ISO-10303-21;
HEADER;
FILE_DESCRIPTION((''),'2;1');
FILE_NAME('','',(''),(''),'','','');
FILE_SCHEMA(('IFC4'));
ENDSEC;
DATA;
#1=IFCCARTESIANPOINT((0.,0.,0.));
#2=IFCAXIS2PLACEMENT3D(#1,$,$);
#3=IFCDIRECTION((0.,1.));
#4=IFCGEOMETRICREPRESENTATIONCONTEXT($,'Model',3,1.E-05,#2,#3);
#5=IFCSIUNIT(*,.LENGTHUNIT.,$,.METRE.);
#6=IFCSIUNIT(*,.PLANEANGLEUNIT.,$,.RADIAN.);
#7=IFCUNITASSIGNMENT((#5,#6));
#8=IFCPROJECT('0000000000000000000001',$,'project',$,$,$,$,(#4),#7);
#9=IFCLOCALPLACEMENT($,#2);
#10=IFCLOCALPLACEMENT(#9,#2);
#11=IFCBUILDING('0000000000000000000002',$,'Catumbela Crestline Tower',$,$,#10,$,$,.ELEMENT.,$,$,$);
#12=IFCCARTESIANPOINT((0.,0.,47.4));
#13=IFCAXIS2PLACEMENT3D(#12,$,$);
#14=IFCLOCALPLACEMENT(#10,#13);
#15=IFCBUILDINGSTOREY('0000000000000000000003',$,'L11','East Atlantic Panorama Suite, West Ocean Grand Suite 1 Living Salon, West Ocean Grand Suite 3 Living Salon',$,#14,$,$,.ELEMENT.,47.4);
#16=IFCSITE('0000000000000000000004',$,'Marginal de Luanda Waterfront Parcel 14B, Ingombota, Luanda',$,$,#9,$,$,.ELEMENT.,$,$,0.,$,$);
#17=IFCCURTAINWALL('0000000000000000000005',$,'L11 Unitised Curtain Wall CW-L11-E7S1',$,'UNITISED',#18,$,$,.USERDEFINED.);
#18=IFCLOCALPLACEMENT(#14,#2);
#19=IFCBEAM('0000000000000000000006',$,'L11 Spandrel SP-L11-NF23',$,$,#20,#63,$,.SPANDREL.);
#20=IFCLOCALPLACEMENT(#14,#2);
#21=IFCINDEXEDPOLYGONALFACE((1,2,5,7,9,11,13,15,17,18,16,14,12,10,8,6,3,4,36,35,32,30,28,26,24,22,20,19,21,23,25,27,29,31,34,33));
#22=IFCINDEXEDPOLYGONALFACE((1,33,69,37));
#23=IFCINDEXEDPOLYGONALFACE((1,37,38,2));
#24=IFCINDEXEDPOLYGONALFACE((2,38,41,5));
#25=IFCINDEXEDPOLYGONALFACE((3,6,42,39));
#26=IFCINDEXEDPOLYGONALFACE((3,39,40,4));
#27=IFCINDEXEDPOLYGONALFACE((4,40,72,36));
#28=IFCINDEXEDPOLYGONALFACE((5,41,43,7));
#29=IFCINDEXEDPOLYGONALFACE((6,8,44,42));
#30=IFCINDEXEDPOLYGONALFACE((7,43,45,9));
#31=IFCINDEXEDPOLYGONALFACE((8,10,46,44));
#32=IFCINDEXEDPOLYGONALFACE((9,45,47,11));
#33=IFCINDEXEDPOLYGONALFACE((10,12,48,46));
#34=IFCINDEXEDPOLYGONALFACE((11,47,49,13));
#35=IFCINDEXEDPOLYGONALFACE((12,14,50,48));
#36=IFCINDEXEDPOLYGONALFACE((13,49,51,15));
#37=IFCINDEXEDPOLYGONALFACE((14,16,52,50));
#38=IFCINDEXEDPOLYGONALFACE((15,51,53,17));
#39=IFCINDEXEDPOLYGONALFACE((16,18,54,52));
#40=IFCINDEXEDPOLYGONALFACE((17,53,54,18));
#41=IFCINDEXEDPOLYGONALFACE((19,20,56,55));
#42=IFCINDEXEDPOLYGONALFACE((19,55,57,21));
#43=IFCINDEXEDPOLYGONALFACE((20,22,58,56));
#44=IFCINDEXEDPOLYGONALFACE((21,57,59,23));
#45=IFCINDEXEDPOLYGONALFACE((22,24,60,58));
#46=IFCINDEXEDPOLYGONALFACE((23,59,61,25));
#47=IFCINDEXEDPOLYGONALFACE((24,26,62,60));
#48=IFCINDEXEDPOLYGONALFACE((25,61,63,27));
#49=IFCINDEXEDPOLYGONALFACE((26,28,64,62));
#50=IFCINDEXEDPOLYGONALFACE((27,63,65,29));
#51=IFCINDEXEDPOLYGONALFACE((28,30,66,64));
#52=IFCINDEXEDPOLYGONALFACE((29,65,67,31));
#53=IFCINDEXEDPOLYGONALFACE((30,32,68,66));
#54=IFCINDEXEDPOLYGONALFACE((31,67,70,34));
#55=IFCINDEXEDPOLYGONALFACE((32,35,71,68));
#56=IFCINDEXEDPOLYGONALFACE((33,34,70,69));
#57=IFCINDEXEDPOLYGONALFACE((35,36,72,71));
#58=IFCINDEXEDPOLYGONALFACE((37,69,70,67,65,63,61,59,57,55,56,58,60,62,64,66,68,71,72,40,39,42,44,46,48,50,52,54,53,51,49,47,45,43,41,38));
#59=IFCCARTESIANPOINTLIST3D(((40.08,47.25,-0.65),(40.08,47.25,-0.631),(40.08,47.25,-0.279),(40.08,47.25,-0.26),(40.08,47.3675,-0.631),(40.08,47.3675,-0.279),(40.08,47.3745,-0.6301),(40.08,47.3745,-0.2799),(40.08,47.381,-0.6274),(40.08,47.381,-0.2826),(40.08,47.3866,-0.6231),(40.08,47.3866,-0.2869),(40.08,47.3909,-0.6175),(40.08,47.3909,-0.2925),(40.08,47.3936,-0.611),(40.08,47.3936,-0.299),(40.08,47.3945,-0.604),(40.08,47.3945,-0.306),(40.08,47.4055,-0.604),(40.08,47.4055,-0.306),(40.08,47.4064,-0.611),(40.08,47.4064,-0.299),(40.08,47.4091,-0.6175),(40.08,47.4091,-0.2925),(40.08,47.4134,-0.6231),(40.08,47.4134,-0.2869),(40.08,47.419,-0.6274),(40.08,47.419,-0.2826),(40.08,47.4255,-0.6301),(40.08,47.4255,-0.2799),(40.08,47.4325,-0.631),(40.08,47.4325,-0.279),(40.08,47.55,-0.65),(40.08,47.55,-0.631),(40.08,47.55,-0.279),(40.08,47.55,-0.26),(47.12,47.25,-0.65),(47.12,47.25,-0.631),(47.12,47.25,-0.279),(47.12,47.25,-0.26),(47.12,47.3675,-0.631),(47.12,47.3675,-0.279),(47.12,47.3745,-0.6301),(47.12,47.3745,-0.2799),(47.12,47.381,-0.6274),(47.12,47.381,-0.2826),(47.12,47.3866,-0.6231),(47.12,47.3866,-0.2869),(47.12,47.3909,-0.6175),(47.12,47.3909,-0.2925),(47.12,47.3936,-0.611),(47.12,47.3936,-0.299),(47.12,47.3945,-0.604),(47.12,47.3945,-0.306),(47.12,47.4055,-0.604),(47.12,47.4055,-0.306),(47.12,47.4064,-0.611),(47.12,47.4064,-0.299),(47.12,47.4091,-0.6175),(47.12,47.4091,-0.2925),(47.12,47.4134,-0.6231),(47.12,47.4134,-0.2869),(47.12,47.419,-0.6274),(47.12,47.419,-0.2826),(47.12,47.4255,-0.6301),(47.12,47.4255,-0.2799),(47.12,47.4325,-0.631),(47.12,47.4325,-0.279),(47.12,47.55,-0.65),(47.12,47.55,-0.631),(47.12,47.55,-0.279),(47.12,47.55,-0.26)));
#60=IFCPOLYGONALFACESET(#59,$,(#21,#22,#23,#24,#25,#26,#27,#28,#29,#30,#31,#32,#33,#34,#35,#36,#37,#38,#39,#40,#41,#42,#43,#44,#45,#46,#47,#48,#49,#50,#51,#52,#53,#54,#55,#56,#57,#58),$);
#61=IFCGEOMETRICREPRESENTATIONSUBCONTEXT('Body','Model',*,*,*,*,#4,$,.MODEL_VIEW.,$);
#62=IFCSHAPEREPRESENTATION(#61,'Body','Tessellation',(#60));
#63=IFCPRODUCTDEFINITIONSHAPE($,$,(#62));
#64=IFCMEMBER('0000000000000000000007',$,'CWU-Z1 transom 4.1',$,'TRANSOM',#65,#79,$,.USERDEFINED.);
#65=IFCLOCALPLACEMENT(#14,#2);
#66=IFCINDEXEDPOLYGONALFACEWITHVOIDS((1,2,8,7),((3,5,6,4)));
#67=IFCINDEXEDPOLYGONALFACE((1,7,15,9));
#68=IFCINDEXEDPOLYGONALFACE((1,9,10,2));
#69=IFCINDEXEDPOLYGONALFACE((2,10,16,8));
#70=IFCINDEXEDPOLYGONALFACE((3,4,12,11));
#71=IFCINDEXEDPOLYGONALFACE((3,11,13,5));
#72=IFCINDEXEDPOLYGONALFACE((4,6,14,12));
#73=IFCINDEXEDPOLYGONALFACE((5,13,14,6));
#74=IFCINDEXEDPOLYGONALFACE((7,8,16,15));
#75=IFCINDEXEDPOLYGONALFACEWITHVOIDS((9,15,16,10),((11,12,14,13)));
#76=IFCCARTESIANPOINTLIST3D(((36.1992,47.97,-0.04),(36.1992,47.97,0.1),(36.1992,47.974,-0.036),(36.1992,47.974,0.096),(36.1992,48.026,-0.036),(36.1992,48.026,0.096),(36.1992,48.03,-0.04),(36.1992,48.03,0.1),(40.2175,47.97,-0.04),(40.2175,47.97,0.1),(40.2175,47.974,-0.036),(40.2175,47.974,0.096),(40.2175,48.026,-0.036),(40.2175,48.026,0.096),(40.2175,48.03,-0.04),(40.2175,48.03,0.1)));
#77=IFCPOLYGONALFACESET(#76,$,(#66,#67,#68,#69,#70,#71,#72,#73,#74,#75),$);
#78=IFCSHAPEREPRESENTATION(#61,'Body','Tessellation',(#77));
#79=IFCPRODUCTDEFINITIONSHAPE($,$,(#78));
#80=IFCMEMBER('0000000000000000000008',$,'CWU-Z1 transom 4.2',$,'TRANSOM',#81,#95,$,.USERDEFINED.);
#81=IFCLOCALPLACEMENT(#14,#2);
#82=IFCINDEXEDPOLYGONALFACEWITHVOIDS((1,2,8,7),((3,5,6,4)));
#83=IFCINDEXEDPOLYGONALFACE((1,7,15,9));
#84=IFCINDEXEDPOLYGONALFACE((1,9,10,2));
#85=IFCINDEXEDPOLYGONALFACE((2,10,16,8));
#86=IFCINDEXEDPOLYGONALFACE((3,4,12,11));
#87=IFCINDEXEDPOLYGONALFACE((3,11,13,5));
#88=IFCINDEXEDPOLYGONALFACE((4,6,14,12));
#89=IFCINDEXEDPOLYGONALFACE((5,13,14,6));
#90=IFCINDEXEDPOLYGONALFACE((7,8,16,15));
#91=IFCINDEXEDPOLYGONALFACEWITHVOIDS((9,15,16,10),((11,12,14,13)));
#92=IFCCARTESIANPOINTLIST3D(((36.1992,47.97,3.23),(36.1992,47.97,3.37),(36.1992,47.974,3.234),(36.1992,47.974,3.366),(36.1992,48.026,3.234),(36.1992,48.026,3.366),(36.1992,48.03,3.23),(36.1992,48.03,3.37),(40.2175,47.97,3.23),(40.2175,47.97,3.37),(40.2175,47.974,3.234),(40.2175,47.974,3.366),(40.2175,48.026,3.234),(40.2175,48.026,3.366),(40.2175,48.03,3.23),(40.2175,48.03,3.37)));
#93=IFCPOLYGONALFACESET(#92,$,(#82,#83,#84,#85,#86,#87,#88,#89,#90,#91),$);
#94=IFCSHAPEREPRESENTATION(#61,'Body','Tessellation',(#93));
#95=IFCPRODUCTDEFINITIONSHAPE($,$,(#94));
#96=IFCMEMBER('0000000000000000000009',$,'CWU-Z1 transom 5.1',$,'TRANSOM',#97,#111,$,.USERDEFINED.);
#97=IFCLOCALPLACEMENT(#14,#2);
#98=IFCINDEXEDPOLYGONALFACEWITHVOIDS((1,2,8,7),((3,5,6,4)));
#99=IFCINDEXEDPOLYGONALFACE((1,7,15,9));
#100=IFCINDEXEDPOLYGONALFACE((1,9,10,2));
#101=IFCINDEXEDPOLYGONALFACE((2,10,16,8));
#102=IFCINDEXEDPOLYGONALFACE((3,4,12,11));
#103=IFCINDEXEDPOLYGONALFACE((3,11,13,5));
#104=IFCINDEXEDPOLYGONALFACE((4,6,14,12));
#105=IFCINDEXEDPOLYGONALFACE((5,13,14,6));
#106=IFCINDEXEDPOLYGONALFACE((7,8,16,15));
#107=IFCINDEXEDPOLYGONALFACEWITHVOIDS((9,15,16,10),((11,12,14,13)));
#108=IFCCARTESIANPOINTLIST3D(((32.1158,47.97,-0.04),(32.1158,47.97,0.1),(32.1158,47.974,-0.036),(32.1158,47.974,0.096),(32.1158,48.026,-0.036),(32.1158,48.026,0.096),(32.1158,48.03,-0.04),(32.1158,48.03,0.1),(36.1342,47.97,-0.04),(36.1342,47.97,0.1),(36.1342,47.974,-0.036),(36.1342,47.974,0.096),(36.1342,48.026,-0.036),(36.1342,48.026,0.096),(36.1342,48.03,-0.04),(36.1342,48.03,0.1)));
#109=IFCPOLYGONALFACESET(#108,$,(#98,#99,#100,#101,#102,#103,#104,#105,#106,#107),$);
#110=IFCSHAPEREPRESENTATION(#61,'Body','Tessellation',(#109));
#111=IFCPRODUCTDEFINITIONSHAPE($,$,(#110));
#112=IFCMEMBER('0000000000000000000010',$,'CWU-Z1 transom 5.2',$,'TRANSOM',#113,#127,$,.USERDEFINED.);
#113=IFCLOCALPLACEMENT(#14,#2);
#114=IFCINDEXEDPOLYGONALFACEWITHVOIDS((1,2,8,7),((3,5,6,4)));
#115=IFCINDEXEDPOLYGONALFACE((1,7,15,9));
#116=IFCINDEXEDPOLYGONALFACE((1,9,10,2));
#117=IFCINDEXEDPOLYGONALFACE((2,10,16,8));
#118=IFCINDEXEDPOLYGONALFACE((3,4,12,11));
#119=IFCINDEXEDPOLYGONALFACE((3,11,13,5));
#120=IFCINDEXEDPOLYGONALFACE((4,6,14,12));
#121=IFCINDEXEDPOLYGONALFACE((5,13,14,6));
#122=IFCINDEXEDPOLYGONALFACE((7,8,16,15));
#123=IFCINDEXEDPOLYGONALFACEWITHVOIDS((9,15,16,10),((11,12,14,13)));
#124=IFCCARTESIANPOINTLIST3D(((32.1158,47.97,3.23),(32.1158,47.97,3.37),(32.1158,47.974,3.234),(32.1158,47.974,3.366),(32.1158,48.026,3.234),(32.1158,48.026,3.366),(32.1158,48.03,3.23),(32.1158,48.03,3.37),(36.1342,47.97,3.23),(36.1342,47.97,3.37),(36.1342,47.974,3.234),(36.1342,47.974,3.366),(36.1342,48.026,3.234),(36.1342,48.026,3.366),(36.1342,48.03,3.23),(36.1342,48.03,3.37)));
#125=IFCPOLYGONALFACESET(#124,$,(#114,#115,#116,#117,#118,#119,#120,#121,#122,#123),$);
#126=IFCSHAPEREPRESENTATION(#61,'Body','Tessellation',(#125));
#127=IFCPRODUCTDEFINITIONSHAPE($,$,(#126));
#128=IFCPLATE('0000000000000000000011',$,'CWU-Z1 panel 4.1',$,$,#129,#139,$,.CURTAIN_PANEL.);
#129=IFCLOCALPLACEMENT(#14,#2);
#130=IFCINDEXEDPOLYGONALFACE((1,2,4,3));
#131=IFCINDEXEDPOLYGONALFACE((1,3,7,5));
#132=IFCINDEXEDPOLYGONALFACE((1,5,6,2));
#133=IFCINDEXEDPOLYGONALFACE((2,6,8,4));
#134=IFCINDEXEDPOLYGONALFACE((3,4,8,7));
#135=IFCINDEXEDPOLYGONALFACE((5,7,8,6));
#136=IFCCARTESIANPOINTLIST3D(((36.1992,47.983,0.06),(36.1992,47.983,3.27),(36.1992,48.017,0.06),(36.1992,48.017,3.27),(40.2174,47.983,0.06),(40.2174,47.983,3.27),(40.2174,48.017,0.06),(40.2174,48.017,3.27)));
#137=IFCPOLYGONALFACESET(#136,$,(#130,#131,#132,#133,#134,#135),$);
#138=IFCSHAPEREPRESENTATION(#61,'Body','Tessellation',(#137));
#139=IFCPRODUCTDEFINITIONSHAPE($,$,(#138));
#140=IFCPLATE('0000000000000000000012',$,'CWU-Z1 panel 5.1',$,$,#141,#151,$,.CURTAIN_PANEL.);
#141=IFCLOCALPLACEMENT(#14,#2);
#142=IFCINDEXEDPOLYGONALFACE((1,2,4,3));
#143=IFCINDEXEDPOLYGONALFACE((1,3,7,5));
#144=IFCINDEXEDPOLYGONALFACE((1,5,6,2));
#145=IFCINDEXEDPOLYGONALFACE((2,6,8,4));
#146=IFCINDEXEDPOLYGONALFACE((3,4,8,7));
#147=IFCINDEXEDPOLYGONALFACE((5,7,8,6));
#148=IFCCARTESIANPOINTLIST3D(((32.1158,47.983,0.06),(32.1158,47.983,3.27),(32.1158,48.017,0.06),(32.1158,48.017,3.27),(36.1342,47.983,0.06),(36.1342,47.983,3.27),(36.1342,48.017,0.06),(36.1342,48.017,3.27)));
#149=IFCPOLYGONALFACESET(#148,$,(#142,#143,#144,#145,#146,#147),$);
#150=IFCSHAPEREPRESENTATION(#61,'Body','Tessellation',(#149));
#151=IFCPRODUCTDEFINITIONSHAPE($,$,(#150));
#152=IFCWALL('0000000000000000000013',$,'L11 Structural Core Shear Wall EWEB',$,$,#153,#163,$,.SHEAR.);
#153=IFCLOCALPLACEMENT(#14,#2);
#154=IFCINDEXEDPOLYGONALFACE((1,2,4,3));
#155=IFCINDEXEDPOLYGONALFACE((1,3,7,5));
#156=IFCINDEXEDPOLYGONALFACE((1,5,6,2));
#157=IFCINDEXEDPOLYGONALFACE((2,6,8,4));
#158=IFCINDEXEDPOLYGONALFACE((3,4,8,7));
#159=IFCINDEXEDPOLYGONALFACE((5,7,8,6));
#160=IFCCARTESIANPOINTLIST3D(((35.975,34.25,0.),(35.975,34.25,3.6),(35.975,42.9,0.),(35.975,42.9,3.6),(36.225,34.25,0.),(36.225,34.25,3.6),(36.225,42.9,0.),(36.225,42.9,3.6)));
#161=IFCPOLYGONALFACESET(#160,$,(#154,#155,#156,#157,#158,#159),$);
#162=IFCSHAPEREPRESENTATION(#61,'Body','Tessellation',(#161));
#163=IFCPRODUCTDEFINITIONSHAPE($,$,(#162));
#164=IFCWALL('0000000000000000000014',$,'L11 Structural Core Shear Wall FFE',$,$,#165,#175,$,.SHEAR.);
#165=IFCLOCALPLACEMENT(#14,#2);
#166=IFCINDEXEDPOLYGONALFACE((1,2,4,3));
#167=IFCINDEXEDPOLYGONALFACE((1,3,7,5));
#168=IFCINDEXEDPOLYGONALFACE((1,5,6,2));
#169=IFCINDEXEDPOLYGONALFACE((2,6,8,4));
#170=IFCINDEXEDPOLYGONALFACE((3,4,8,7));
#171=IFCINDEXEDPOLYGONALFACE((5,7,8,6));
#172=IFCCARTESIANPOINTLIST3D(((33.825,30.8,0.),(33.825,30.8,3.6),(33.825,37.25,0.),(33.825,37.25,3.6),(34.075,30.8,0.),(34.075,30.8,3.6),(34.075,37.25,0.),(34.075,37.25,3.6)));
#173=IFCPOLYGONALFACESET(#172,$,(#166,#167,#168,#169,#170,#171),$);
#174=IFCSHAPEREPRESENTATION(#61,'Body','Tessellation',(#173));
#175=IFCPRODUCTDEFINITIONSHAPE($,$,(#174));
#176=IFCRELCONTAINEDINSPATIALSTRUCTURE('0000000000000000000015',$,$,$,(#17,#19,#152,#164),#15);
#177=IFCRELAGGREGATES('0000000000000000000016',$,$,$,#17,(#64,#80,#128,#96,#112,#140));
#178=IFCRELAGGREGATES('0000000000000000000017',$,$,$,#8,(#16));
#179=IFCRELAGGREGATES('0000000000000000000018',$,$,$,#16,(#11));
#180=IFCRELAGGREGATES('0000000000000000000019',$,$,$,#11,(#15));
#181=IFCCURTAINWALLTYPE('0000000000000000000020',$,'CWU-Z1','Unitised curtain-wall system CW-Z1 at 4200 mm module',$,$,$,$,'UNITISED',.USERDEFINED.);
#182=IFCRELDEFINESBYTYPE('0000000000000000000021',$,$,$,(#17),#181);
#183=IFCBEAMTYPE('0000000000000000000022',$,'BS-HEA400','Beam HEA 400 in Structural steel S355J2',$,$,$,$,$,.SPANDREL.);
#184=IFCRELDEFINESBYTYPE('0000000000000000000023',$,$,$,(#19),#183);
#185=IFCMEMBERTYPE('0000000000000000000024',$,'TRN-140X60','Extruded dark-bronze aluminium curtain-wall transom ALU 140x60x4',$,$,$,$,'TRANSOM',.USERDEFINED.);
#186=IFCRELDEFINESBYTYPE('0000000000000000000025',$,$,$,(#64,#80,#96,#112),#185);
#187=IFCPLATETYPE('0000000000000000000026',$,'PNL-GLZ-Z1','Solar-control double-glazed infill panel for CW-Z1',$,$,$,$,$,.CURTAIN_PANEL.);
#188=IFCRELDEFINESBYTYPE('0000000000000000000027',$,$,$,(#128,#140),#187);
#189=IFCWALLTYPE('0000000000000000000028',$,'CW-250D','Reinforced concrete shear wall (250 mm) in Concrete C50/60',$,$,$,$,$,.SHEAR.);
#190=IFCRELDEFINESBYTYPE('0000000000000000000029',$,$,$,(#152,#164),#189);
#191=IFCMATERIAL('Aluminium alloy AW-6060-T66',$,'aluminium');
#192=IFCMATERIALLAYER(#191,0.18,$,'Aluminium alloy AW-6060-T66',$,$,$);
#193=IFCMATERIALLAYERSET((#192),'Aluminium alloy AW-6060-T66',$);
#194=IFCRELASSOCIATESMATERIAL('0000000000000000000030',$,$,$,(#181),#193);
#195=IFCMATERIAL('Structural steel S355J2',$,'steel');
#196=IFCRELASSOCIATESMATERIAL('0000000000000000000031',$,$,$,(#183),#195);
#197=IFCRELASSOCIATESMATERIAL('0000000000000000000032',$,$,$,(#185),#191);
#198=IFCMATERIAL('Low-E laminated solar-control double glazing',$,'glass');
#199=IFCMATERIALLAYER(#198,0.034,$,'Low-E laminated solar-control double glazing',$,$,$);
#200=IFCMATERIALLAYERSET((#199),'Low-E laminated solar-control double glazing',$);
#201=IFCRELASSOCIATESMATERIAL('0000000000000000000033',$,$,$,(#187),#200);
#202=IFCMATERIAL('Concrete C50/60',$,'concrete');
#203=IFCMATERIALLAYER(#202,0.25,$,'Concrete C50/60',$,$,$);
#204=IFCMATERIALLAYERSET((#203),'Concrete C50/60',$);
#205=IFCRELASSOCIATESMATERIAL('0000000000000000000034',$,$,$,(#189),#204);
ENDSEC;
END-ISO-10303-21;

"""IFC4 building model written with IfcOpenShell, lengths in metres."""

from ifc_helpers import new_model, si_unit, direction, frame, frame_2d, origin, origin_2d, place, context, subcontext, project, spatial, rectangle, hollow_rectangle, i_section, extrude, material, layer, layer_set, material_profile, profile_set, type_object, element, aggregate, save


model = new_model("IFC4")

# Units and contexts
model_context = context("Model", 3, precision=1e-05, world=origin(), true_north=direction((0.0, 1.0)))
body_context = subcontext(model_context, "Body", "Model", "MODEL_VIEW")
ifc_project = project(units=[si_unit("LENGTHUNIT", "METRE"), si_unit("PLANEANGLEUNIT", "RADIAN")], contexts=[model_context])

# Site, building, storey
site_placement = place(None, origin())
site = spatial("IfcSite", under=ifc_project, at=site_placement, Name="Marginal de Luanda Waterfront Parcel 14B, Ingombota, Luanda", CompositionType="ELEMENT", RefElevation=0.0)
building_placement = place(site_placement, origin())
building = spatial("IfcBuilding", under=site, at=building_placement, Name="Catumbela Crestline Tower", CompositionType="ELEMENT")
storey_placement = place(building_placement, frame((0.0, 0.0, 47.4)))
storey = spatial("IfcBuildingStorey", under=building, at=storey_placement, Name="L11", Description="East Atlantic Panorama Suite, West Ocean Grand Suite 1 Living Salon, West Ocean Grand Suite 3 Living Salon", CompositionType="ELEMENT", Elevation=47.4)

# Shared definitions
ifc_material_1 = material(Name="Structural steel S355J2", Category="steel")

# Curtain wall
ifc_material_2 = material(Name="Aluminium alloy AW-6060-T66", Category="aluminium")
ifc_layer_1 = layer(ifc_material_2, 0.18, Name="Aluminium alloy AW-6060-T66")
ifc_layer_set_1 = layer_set([ifc_layer_1], Name="Aluminium alloy AW-6060-T66")
curtain_wall_type = type_object("IfcCurtainWallType", Name="CWU-Z1", Description="Unitised curtain-wall system CW-Z1 at 4200 mm module", ElementType="UNITISED", PredefinedType="USERDEFINED", material=ifc_layer_set_1)
curtain_wall_placement = place(storey_placement, origin())
curtain_wall = element("IfcCurtainWall", 1, at=curtain_wall_placement, inside=storey, type_object=curtain_wall_type, Name="L11 Unitised Curtain Wall CW-L11-E7S1", ObjectType="UNITISED", PredefinedType="USERDEFINED")

# Beam
ifc_material_profile_1 = material_profile(ifc_material_1, i_section(OverallWidth=0.3, OverallDepth=0.39, WebThickness=0.011, FlangeThickness=0.019, FilletRadius=0.027, at=origin_2d()), Name="HEA 400")
ifc_profile_set_1 = profile_set([ifc_material_profile_1], Name="Structural steel S355J2")
beam_type_1 = type_object("IfcBeamType", Name="BS-HEA400", Description="Beam HEA 400 in Structural steel S355J2", PredefinedType="SPANDREL", material=ifc_profile_set_1)
beam_1_placement = place(storey_placement, frame((40.08, 47.4, -0.455), z_axis=(1.0, 0.0, 0.0), x_axis=(0.0, 1.0, 0.0)))
element("IfcBeam", 2, at=beam_1_placement, inside=storey, type_object=beam_type_1, Name="L11 Spandrel SP-L11-NF23", PredefinedType="SPANDREL", context=body_context, shape_type="SweptSolid", body=[
    extrude(i_section(OverallWidth=0.3, OverallDepth=0.39, WebThickness=0.011, FlangeThickness=0.019, FilletRadius=0.027, at=origin_2d()), origin(), (0.0, 0.0, 1.0), 7.04),
])

# Members
ifc_material_profile_2 = material_profile(ifc_material_2, hollow_rectangle(XDim=0.06, YDim=0.14, WallThickness=0.004, at=origin_2d()), Name="ALU 140x60x4")
ifc_profile_set_2 = profile_set([ifc_material_profile_2], Name="Aluminium alloy AW-6060-T66")
member_type_1 = type_object("IfcMemberType", Name="TRN-140X60", Description="Extruded dark-bronze aluminium curtain-wall transom ALU 140x60x4", ElementType="TRANSOM", PredefinedType="USERDEFINED", material=ifc_profile_set_2)
member_1_placement = place(storey_placement, frame((40.2175, 48.0, 0.03), z_axis=(-1.0, 0.0, 0.0), x_axis=(0.0, -1.0, 0.0)))
member_1 = element("IfcMember", 3, at=member_1_placement, type_object=member_type_1, Name="CWU-Z1 transom 4.1", ObjectType="TRANSOM", PredefinedType="USERDEFINED", context=body_context, shape_type="SweptSolid", body=[
    extrude(hollow_rectangle(XDim=0.06, YDim=0.14, WallThickness=0.004, at=origin_2d()), origin(), (0.0, 0.0, 1.0), 4.0183),
])
member_2_placement = place(storey_placement, frame((40.2175, 48.0, 3.3), z_axis=(-1.0, 0.0, 0.0), x_axis=(0.0, -1.0, 0.0)))
member_2 = element("IfcMember", 4, at=member_2_placement, type_object=member_type_1, Name="CWU-Z1 transom 4.2", ObjectType="TRANSOM", PredefinedType="USERDEFINED", context=body_context, shape_type="SweptSolid", body=[
    extrude(hollow_rectangle(XDim=0.06, YDim=0.14, WallThickness=0.004, at=origin_2d()), origin(), (0.0, 0.0, 1.0), 4.0183),
])
member_3_placement = place(storey_placement, frame((36.1342, 48.0, 0.03), z_axis=(-1.0, 0.0, 0.0), x_axis=(0.0, -1.0, 0.0)))
member_3 = element("IfcMember", 5, at=member_3_placement, type_object=member_type_1, Name="CWU-Z1 transom 5.1", ObjectType="TRANSOM", PredefinedType="USERDEFINED", context=body_context, shape_type="SweptSolid", body=[
    extrude(hollow_rectangle(XDim=0.06, YDim=0.14, WallThickness=0.004, at=origin_2d()), origin(), (0.0, 0.0, 1.0), 4.0184),
])
member_4_placement = place(storey_placement, frame((36.1342, 48.0, 3.3), z_axis=(-1.0, 0.0, 0.0), x_axis=(0.0, -1.0, 0.0)))
member_4 = element("IfcMember", 6, at=member_4_placement, type_object=member_type_1, Name="CWU-Z1 transom 5.2", ObjectType="TRANSOM", PredefinedType="USERDEFINED", context=body_context, shape_type="SweptSolid", body=[
    extrude(hollow_rectangle(XDim=0.06, YDim=0.14, WallThickness=0.004, at=origin_2d()), origin(), (0.0, 0.0, 1.0), 4.0184),
])

# Plates
ifc_material_3 = material(Name="Low-E laminated solar-control double glazing", Category="glass")
ifc_layer_2 = layer(ifc_material_3, 0.034, Name="Low-E laminated solar-control double glazing")
ifc_layer_set_2 = layer_set([ifc_layer_2], Name="Low-E laminated solar-control double glazing")
plate_type = type_object("IfcPlateType", Name="PNL-GLZ-Z1", Description="Solar-control double-glazed infill panel for CW-Z1", PredefinedType="CURTAIN_PANEL", material=ifc_layer_set_2)
plate_1_placement = place(storey_placement, frame((38.2083, 48.0, 0.06), z_axis=(0.0, 0.0, 1.0), x_axis=(-1.0, 0.0, 0.0)))
plate_1 = element("IfcPlate", 7, at=plate_1_placement, type_object=plate_type, Name="CWU-Z1 panel 4.1", PredefinedType="CURTAIN_PANEL", context=body_context, shape_type="SweptSolid", body=[
    extrude(rectangle(XDim=4.0183, YDim=0.034, at=origin_2d()), origin(), (0.0, 0.0, 1.0), 3.21),
])
plate_2_placement = place(storey_placement, frame((34.125, 48.0, 0.06), z_axis=(0.0, 0.0, 1.0), x_axis=(-1.0, 0.0, 0.0)))
plate_2 = element("IfcPlate", 8, at=plate_2_placement, type_object=plate_type, Name="CWU-Z1 panel 5.1", PredefinedType="CURTAIN_PANEL", context=body_context, shape_type="SweptSolid", body=[
    extrude(rectangle(XDim=4.0183, YDim=0.034, at=origin_2d()), origin(), (0.0, 0.0, 1.0), 3.21),
])
aggregate(curtain_wall, [member_1, member_2, plate_1, member_3, member_4, plate_2])

# Walls
ifc_material_4 = material(Name="Concrete C50/60", Category="concrete")
ifc_layer_3 = layer(ifc_material_4, 0.25, Name="Concrete C50/60")
ifc_layer_set_3 = layer_set([ifc_layer_3], Name="Concrete C50/60")
wall_type_1 = type_object("IfcWallType", Name="CW-250D", Description="Reinforced concrete shear wall (250 mm) in Concrete C50/60", PredefinedType="SHEAR", material=ifc_layer_set_3)
wall_1_placement = place(storey_placement, frame((36.1, 34.25, 0.0), z_axis=(0.0, 0.0, 1.0), x_axis=(0.0, 1.0, 0.0)))
element("IfcWall", 9, at=wall_1_placement, inside=storey, type_object=wall_type_1, Name="L11 Structural Core Shear Wall EWEB", PredefinedType="SHEAR", context=body_context, shape_type="SweptSolid", body=[
    extrude(rectangle(XDim=8.65, YDim=0.25, at=frame_2d((4.325, 0.0))), origin(), (0.0, 0.0, 1.0), 3.6),
])
wall_2_placement = place(storey_placement, frame((33.95, 30.8, 0.0), z_axis=(0.0, 0.0, 1.0), x_axis=(0.0, 1.0, 0.0)))
element("IfcWall", 10, at=wall_2_placement, inside=storey, type_object=wall_type_1, Name="L11 Structural Core Shear Wall FFE", PredefinedType="SHEAR", context=body_context, shape_type="SweptSolid", body=[
    extrude(rectangle(XDim=6.45, YDim=0.25, at=frame_2d((3.225, 0.0))), origin(), (0.0, 0.0, 1.0), 3.6),
])

save(model, "model.ifc")
